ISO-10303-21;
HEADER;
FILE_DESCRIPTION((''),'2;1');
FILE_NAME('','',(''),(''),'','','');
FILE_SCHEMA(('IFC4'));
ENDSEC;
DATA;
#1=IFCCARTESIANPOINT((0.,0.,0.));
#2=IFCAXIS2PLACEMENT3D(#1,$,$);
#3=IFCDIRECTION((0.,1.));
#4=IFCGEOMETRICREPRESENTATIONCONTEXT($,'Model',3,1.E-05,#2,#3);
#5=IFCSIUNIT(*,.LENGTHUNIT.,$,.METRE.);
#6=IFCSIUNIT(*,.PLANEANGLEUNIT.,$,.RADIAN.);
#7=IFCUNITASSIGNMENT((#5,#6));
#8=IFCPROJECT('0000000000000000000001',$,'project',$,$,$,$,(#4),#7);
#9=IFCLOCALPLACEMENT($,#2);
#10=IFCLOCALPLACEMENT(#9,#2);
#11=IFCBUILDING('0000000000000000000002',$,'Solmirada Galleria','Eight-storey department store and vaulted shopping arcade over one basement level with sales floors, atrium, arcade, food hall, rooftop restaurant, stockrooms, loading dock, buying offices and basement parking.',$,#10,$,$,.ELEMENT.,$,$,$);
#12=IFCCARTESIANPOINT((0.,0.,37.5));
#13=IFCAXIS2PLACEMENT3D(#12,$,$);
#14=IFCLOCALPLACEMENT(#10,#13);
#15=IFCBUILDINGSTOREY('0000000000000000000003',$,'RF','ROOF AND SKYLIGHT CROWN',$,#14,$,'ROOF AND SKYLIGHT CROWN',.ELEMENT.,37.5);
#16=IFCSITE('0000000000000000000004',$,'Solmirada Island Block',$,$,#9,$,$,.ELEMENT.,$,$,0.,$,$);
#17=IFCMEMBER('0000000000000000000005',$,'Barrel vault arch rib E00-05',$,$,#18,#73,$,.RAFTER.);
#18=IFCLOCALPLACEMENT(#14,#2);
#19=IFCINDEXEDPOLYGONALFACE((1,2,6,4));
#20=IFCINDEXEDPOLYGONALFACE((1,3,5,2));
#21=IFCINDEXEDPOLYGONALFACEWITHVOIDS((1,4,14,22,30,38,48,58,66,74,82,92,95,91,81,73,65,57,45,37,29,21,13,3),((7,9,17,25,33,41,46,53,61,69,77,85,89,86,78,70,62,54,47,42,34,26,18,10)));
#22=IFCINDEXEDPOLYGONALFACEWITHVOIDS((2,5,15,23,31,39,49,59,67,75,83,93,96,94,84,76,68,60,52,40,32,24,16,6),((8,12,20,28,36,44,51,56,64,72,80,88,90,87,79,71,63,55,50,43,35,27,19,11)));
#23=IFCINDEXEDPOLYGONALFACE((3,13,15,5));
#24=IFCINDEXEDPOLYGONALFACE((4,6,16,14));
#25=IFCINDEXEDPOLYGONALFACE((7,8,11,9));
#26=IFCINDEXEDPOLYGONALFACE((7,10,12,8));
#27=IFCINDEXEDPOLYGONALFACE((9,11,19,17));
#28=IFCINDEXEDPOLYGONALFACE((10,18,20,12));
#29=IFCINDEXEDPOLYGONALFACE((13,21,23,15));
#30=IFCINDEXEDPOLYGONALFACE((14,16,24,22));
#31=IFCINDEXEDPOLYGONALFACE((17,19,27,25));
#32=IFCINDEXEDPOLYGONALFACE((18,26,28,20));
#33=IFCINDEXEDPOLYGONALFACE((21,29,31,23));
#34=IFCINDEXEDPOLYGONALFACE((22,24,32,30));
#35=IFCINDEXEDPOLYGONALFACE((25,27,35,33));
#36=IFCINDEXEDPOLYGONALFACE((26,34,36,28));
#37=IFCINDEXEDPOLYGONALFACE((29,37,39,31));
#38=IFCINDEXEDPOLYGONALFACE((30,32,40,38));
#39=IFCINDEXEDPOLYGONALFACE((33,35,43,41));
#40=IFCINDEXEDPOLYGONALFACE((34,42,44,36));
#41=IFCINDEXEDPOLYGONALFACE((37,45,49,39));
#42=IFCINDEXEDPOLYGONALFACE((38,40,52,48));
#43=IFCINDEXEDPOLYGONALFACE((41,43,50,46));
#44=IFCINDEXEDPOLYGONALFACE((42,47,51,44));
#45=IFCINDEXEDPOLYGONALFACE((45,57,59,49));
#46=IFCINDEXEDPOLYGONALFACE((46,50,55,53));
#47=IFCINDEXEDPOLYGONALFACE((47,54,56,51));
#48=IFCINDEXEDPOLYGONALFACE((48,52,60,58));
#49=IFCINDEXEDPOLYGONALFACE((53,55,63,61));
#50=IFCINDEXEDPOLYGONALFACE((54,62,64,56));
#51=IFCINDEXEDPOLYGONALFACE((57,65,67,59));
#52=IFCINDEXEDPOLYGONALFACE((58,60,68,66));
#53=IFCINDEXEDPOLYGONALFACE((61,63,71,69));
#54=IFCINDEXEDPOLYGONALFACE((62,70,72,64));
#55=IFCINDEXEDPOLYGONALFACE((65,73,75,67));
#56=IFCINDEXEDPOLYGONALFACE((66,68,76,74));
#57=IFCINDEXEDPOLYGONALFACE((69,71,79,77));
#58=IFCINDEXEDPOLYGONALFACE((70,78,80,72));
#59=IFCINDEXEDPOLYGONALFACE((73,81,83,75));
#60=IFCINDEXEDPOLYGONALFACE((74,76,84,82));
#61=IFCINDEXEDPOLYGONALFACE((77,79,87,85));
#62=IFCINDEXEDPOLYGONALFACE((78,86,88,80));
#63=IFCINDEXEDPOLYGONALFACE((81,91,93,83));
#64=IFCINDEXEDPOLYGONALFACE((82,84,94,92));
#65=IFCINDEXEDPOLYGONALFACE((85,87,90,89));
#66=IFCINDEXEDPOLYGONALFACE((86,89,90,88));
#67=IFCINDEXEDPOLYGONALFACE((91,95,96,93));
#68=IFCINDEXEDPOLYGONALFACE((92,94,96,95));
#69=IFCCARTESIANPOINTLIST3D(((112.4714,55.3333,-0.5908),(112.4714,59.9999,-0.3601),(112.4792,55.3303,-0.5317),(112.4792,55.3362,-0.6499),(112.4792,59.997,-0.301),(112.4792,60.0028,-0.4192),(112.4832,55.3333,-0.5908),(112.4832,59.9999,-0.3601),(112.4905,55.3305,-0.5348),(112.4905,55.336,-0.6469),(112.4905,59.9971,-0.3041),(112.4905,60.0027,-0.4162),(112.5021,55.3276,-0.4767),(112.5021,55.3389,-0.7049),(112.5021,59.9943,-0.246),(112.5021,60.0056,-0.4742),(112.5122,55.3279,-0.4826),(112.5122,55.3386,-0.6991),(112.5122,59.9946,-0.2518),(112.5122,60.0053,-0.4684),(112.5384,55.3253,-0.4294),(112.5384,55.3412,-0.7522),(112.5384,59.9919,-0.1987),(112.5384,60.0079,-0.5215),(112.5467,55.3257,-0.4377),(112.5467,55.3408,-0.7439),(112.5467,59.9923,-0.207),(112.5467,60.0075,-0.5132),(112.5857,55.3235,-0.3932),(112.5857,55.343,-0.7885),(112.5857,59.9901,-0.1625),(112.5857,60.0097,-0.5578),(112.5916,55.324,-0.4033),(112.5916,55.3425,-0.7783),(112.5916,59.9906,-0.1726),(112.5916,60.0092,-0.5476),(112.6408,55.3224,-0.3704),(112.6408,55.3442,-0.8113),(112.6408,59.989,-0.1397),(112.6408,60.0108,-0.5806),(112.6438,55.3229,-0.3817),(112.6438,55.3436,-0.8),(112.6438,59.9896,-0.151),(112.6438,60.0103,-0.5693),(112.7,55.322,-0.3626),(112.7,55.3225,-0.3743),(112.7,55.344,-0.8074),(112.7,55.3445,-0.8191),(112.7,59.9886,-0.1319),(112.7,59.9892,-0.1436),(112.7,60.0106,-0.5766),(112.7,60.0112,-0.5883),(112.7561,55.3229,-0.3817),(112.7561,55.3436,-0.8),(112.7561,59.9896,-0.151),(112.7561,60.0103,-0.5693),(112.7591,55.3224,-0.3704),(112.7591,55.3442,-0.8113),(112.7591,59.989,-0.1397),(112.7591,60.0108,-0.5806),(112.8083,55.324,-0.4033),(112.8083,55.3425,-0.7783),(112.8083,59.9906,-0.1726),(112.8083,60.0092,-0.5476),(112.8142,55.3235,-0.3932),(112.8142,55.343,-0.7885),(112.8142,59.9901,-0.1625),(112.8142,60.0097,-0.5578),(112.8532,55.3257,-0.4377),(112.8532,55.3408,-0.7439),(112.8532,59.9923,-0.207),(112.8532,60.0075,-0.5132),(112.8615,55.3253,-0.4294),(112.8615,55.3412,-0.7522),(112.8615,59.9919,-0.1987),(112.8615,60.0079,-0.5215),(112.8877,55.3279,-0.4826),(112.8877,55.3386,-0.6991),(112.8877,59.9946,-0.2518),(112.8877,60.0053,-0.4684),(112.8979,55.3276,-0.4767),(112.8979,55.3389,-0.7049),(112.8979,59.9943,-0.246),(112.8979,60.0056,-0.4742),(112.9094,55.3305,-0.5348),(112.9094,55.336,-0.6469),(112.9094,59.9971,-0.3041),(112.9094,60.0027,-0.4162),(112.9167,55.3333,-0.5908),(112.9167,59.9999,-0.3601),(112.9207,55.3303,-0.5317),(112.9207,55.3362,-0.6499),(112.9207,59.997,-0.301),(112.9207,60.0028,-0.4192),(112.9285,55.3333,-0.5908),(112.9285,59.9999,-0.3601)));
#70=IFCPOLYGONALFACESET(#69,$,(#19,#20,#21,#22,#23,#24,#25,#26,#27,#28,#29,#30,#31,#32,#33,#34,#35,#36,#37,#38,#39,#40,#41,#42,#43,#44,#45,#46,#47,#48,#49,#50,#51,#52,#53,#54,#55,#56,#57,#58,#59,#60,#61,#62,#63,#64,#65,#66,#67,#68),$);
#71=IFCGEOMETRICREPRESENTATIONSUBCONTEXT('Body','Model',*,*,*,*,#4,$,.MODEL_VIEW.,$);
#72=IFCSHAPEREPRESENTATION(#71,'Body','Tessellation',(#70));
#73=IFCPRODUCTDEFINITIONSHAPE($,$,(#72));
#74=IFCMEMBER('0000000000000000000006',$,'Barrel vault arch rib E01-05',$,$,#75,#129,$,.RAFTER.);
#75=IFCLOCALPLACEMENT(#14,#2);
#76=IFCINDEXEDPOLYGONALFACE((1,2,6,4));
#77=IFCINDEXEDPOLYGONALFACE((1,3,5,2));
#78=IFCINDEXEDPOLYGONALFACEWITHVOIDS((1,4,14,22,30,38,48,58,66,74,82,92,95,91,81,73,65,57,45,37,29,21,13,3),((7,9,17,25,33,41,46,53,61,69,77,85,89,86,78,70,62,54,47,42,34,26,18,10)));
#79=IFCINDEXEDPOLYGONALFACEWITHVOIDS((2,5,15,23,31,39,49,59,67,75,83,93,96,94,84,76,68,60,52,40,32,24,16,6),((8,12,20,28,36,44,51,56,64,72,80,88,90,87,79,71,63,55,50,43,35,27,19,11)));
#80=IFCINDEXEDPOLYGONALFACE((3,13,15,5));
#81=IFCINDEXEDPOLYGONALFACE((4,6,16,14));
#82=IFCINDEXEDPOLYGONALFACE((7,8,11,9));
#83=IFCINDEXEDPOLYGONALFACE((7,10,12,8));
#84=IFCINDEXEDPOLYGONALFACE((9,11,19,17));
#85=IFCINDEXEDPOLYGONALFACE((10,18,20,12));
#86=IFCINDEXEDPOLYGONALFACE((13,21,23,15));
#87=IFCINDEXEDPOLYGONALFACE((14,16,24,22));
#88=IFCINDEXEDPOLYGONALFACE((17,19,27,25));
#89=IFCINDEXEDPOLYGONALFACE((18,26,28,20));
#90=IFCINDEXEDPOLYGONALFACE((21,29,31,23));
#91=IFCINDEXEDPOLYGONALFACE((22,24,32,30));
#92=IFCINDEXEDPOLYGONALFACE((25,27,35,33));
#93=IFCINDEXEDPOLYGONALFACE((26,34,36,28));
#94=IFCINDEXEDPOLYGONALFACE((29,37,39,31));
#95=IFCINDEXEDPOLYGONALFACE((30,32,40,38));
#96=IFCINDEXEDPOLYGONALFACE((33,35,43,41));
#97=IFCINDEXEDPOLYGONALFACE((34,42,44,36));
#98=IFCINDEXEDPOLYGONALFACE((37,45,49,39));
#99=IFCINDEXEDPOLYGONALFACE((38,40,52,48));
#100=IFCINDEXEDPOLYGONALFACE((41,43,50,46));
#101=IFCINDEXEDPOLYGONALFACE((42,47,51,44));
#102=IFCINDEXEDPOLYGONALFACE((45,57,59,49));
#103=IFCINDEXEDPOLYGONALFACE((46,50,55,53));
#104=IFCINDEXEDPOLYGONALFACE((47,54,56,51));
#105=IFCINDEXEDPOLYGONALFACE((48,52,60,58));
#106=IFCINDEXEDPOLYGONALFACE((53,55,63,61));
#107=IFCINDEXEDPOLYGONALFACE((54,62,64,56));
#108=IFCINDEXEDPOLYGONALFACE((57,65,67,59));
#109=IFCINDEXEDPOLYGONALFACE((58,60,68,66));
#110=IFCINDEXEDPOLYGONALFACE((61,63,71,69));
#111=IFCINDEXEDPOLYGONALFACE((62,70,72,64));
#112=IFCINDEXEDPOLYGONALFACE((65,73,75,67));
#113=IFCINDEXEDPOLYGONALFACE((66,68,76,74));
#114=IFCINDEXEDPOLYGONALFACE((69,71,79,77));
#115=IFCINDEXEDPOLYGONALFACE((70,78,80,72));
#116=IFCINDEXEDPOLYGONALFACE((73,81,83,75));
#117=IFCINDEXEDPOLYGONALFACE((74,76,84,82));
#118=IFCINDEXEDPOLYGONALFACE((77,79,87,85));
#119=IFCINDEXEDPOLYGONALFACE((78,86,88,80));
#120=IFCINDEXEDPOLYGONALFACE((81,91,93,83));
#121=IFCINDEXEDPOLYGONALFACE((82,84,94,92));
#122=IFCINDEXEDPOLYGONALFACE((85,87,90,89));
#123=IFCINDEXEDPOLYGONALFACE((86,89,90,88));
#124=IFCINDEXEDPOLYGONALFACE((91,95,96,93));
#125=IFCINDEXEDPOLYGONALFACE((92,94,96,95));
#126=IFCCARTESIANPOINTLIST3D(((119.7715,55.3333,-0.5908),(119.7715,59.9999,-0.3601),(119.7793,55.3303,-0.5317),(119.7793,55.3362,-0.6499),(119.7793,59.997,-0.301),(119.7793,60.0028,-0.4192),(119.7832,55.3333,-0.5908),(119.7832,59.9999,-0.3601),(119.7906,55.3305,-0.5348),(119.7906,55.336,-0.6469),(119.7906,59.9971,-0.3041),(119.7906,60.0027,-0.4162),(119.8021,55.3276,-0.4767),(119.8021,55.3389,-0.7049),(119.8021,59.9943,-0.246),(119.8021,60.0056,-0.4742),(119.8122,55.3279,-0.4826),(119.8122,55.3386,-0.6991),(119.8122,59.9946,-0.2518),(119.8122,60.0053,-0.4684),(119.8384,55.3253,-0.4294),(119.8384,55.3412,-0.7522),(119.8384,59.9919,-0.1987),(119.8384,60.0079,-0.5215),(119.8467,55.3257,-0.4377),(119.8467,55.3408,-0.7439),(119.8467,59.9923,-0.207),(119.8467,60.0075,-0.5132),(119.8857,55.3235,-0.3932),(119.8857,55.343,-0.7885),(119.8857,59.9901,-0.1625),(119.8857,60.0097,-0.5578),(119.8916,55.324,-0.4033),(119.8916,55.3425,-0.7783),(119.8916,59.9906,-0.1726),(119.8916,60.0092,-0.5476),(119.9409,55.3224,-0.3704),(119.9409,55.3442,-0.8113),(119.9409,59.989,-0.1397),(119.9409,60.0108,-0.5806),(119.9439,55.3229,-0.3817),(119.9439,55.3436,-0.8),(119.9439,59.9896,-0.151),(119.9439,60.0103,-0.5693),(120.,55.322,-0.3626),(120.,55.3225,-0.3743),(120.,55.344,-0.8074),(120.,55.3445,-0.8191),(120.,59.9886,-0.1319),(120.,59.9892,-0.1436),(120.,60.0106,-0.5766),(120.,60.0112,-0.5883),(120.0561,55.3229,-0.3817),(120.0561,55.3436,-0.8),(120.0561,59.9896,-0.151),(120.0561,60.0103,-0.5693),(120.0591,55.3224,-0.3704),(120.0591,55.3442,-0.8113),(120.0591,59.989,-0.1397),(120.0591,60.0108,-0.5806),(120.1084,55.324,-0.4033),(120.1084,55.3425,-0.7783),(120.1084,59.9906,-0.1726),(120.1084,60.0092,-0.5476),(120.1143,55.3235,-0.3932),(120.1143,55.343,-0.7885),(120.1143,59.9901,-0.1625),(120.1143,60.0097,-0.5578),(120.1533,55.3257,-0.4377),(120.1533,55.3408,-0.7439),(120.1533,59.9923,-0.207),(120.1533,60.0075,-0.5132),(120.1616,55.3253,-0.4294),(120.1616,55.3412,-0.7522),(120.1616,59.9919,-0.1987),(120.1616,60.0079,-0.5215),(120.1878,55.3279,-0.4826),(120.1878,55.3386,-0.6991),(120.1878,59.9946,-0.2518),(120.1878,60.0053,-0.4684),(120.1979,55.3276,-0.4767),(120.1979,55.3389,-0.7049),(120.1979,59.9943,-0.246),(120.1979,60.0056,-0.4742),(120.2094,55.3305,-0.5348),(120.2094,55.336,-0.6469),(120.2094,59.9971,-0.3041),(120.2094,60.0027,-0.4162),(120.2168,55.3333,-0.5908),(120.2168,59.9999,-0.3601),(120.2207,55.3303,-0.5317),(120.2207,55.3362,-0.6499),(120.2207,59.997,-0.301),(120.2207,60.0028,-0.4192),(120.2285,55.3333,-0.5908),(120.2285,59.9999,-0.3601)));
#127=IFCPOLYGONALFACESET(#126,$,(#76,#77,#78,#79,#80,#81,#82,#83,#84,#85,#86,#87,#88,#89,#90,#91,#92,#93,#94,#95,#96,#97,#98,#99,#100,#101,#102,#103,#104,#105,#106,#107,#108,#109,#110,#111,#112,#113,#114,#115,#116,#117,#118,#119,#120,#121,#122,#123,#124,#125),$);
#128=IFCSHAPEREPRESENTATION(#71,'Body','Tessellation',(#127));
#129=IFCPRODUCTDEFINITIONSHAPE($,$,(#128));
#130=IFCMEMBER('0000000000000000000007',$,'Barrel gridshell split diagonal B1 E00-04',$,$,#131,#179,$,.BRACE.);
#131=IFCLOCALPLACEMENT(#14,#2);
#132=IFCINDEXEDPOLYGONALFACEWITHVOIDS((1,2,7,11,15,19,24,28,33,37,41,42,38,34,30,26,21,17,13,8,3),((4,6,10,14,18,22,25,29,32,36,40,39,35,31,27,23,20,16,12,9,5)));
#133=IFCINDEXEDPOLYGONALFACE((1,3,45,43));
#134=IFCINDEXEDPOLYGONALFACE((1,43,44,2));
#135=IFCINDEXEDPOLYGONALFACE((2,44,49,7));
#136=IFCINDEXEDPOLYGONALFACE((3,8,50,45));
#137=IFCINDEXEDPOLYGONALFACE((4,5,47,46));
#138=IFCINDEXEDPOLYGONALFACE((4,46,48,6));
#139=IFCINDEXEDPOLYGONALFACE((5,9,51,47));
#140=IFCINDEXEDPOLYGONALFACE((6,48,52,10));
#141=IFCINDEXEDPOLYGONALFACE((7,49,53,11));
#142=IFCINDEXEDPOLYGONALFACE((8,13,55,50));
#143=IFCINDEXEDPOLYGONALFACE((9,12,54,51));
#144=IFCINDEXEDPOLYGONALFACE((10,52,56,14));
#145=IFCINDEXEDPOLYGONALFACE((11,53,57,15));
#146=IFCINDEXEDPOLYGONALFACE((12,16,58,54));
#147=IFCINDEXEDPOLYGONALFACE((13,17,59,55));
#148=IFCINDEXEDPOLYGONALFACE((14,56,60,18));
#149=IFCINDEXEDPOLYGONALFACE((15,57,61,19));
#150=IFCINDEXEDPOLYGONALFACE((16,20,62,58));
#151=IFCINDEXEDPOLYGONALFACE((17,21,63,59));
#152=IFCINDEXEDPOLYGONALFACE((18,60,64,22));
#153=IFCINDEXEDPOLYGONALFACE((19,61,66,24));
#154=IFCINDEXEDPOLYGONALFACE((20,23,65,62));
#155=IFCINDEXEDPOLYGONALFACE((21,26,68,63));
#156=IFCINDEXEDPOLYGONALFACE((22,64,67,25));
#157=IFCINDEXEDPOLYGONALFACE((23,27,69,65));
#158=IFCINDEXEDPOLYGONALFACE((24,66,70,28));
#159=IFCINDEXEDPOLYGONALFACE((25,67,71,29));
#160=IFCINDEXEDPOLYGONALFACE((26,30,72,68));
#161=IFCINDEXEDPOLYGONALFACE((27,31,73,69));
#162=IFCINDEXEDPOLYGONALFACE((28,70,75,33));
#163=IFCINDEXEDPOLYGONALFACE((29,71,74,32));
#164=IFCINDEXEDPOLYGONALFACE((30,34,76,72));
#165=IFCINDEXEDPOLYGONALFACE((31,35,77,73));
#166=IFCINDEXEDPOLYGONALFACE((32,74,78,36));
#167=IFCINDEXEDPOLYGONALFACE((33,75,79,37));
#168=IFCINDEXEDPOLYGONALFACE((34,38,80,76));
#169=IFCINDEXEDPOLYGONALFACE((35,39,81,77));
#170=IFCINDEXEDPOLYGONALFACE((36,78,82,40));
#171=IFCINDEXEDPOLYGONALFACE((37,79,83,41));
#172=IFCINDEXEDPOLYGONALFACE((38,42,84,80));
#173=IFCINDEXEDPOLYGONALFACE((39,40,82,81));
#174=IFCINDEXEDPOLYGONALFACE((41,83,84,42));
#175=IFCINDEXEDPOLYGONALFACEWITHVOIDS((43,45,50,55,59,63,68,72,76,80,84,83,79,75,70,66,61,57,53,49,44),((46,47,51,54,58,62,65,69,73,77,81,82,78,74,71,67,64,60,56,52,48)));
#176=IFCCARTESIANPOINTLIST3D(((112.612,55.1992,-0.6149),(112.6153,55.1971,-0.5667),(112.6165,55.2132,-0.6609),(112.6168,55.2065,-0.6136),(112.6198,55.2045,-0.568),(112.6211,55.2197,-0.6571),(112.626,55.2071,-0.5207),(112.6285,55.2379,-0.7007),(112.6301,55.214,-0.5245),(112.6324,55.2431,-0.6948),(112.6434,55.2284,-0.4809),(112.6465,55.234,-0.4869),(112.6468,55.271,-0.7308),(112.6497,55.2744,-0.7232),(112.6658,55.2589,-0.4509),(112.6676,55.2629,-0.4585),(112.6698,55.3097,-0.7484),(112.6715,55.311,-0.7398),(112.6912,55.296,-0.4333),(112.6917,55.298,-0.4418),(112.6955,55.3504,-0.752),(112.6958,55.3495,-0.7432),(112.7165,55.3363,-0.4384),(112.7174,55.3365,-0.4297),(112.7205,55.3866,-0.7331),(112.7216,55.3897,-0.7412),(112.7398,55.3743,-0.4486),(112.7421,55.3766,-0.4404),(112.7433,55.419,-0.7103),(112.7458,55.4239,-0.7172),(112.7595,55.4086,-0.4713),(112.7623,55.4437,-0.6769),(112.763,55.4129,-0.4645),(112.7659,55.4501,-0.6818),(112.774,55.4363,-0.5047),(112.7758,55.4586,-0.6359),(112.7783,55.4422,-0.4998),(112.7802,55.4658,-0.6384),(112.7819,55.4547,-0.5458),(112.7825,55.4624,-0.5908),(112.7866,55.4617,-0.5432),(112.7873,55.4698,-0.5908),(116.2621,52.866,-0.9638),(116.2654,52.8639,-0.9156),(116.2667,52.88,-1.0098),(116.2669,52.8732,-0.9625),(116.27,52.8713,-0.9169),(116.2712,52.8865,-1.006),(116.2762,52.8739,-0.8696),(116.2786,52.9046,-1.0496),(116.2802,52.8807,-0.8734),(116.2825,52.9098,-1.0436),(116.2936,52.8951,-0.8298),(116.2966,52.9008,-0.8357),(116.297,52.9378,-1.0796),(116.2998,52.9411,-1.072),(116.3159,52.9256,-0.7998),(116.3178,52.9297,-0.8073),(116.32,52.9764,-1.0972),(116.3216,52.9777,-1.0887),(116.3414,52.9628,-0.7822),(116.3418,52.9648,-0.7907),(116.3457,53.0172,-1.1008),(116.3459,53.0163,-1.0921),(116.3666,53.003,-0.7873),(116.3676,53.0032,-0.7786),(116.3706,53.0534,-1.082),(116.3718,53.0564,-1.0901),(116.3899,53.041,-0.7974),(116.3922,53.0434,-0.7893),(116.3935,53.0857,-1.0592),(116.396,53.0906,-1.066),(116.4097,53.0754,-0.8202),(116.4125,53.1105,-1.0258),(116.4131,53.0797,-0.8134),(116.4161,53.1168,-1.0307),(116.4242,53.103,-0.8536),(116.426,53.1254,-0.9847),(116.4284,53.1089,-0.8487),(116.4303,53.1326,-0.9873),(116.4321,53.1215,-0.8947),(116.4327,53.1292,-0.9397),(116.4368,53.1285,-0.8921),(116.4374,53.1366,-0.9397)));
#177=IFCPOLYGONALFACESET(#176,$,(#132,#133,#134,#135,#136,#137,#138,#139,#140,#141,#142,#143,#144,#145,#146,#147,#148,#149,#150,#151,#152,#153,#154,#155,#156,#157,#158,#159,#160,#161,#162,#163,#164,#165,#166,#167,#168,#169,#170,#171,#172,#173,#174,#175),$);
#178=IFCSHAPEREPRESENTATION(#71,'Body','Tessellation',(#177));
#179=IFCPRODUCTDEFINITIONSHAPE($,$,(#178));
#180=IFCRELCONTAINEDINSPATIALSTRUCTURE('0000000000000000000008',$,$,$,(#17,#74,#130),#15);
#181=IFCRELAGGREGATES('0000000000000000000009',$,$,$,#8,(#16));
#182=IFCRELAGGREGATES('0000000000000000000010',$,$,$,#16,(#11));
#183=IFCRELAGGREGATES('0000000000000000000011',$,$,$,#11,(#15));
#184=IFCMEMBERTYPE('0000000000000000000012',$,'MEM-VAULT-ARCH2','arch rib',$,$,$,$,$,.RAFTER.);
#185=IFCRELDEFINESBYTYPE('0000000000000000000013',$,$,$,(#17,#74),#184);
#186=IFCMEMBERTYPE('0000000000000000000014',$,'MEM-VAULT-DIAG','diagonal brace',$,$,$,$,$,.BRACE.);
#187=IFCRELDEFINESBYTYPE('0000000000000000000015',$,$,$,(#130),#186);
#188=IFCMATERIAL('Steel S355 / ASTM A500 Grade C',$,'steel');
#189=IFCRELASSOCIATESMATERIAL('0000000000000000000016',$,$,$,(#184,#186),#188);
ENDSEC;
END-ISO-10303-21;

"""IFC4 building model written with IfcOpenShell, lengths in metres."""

from ifc_helpers import new_model, si_unit, direction, frame, origin, origin_2d, place, context, subcontext, project, spatial, hollow_circle, extrude, material, material_profile, profile_set, type_object, element, save


model = new_model("IFC4")

# Units and contexts
model_context = context("Model", 3, precision=1e-05, world=origin(), true_north=direction((0.0, 1.0)))
body_context = subcontext(model_context, "Body", "Model", "MODEL_VIEW")
ifc_project = project(units=[si_unit("LENGTHUNIT", "METRE"), si_unit("PLANEANGLEUNIT", "RADIAN")], contexts=[model_context])

# Site, building, storey
site_placement = place(None, origin())
site = spatial("IfcSite", under=ifc_project, at=site_placement, Name="Solmirada Island Block", CompositionType="ELEMENT", RefElevation=0.0)
building_placement = place(site_placement, origin())
building = spatial("IfcBuilding", under=site, at=building_placement, Name="Solmirada Galleria", Description="Eight-storey department store and vaulted shopping arcade over one basement level with sales floors, atrium, arcade, food hall, rooftop restaurant, stockrooms, loading dock, buying offices and basement parking.", CompositionType="ELEMENT")
storey_placement = place(building_placement, frame((0.0, 0.0, 37.5)))
storey = spatial("IfcBuildingStorey", under=building, at=storey_placement, Name="RF", Description="ROOF AND SKYLIGHT CROWN", LongName="ROOF AND SKYLIGHT CROWN", CompositionType="ELEMENT", Elevation=37.5)

# Members
ifc_material_1 = material(Name="Steel S355 / ASTM A500 Grade C", Category="steel")
ifc_material_profile_1 = material_profile(ifc_material_1, hollow_circle(Radius=0.2285, WallThickness=0.0117, at=origin_2d()), Name="HSS18.000X0.500")
ifc_profile_set_1 = profile_set([ifc_material_profile_1], Name="Steel S355 / ASTM A500 Grade C")
member_type_1 = type_object("IfcMemberType", Name="MEM-VAULT-ARCH2", Description="arch rib", PredefinedType="RAFTER", material=ifc_profile_set_1)
for number, where, z_axis, x_axis, name in (
    (1, (112.7, 55.3333, -0.5908), (0.0, 0.99878, 0.049377), (-1.0, 0.0, 0.0), "Barrel vault arch rib E00-05"),
    (2, (120.0, 55.3333, -0.5908), (0.0, 0.99878, 0.049377), (-1.0, 0.0, 0.0), "Barrel vault arch rib E01-05"),
):
    element("IfcMember", number, at=place(storey_placement, frame(where, z_axis=z_axis, x_axis=x_axis)), inside=storey, type_object=member_type_1, Name=name, PredefinedType="RAFTER", context=body_context, shape_type="SweptSolid", body=[
        extrude(hollow_circle(Radius=0.2285, WallThickness=0.0117, at=origin_2d()), origin(), (0.0, 0.0, 1.0), 4.6724),
    ])
ifc_material_profile_2 = material_profile(ifc_material_1, hollow_circle(Radius=0.1621, WallThickness=0.0088, at=origin_2d()), Name="HSS12.750X0.375")
ifc_profile_set_2 = profile_set([ifc_material_profile_2], Name="Steel S355 / ASTM A500 Grade C")
member_type_2 = type_object("IfcMemberType", Name="MEM-VAULT-DIAG", Description="diagonal brace", PredefinedType="BRACE", material=ifc_profile_set_2)
member_1_placement = place(storey_placement, frame((112.7, 55.3333, -0.5908), z_axis=(0.83985, -0.53685, -0.080272), x_axis=(0.538588, 0.842569, 0.0)))
element("IfcMember", 3, at=member_1_placement, inside=storey, type_object=member_type_2, Name="Barrel gridshell split diagonal B1 E00-04", PredefinedType="BRACE", context=body_context, shape_type="SweptSolid", body=[
    extrude(hollow_circle(Radius=0.1621, WallThickness=0.0088, at=origin_2d()), origin(), (0.0, 0.0, 1.0), 4.3462),
])

save(model, "model.ifc")
